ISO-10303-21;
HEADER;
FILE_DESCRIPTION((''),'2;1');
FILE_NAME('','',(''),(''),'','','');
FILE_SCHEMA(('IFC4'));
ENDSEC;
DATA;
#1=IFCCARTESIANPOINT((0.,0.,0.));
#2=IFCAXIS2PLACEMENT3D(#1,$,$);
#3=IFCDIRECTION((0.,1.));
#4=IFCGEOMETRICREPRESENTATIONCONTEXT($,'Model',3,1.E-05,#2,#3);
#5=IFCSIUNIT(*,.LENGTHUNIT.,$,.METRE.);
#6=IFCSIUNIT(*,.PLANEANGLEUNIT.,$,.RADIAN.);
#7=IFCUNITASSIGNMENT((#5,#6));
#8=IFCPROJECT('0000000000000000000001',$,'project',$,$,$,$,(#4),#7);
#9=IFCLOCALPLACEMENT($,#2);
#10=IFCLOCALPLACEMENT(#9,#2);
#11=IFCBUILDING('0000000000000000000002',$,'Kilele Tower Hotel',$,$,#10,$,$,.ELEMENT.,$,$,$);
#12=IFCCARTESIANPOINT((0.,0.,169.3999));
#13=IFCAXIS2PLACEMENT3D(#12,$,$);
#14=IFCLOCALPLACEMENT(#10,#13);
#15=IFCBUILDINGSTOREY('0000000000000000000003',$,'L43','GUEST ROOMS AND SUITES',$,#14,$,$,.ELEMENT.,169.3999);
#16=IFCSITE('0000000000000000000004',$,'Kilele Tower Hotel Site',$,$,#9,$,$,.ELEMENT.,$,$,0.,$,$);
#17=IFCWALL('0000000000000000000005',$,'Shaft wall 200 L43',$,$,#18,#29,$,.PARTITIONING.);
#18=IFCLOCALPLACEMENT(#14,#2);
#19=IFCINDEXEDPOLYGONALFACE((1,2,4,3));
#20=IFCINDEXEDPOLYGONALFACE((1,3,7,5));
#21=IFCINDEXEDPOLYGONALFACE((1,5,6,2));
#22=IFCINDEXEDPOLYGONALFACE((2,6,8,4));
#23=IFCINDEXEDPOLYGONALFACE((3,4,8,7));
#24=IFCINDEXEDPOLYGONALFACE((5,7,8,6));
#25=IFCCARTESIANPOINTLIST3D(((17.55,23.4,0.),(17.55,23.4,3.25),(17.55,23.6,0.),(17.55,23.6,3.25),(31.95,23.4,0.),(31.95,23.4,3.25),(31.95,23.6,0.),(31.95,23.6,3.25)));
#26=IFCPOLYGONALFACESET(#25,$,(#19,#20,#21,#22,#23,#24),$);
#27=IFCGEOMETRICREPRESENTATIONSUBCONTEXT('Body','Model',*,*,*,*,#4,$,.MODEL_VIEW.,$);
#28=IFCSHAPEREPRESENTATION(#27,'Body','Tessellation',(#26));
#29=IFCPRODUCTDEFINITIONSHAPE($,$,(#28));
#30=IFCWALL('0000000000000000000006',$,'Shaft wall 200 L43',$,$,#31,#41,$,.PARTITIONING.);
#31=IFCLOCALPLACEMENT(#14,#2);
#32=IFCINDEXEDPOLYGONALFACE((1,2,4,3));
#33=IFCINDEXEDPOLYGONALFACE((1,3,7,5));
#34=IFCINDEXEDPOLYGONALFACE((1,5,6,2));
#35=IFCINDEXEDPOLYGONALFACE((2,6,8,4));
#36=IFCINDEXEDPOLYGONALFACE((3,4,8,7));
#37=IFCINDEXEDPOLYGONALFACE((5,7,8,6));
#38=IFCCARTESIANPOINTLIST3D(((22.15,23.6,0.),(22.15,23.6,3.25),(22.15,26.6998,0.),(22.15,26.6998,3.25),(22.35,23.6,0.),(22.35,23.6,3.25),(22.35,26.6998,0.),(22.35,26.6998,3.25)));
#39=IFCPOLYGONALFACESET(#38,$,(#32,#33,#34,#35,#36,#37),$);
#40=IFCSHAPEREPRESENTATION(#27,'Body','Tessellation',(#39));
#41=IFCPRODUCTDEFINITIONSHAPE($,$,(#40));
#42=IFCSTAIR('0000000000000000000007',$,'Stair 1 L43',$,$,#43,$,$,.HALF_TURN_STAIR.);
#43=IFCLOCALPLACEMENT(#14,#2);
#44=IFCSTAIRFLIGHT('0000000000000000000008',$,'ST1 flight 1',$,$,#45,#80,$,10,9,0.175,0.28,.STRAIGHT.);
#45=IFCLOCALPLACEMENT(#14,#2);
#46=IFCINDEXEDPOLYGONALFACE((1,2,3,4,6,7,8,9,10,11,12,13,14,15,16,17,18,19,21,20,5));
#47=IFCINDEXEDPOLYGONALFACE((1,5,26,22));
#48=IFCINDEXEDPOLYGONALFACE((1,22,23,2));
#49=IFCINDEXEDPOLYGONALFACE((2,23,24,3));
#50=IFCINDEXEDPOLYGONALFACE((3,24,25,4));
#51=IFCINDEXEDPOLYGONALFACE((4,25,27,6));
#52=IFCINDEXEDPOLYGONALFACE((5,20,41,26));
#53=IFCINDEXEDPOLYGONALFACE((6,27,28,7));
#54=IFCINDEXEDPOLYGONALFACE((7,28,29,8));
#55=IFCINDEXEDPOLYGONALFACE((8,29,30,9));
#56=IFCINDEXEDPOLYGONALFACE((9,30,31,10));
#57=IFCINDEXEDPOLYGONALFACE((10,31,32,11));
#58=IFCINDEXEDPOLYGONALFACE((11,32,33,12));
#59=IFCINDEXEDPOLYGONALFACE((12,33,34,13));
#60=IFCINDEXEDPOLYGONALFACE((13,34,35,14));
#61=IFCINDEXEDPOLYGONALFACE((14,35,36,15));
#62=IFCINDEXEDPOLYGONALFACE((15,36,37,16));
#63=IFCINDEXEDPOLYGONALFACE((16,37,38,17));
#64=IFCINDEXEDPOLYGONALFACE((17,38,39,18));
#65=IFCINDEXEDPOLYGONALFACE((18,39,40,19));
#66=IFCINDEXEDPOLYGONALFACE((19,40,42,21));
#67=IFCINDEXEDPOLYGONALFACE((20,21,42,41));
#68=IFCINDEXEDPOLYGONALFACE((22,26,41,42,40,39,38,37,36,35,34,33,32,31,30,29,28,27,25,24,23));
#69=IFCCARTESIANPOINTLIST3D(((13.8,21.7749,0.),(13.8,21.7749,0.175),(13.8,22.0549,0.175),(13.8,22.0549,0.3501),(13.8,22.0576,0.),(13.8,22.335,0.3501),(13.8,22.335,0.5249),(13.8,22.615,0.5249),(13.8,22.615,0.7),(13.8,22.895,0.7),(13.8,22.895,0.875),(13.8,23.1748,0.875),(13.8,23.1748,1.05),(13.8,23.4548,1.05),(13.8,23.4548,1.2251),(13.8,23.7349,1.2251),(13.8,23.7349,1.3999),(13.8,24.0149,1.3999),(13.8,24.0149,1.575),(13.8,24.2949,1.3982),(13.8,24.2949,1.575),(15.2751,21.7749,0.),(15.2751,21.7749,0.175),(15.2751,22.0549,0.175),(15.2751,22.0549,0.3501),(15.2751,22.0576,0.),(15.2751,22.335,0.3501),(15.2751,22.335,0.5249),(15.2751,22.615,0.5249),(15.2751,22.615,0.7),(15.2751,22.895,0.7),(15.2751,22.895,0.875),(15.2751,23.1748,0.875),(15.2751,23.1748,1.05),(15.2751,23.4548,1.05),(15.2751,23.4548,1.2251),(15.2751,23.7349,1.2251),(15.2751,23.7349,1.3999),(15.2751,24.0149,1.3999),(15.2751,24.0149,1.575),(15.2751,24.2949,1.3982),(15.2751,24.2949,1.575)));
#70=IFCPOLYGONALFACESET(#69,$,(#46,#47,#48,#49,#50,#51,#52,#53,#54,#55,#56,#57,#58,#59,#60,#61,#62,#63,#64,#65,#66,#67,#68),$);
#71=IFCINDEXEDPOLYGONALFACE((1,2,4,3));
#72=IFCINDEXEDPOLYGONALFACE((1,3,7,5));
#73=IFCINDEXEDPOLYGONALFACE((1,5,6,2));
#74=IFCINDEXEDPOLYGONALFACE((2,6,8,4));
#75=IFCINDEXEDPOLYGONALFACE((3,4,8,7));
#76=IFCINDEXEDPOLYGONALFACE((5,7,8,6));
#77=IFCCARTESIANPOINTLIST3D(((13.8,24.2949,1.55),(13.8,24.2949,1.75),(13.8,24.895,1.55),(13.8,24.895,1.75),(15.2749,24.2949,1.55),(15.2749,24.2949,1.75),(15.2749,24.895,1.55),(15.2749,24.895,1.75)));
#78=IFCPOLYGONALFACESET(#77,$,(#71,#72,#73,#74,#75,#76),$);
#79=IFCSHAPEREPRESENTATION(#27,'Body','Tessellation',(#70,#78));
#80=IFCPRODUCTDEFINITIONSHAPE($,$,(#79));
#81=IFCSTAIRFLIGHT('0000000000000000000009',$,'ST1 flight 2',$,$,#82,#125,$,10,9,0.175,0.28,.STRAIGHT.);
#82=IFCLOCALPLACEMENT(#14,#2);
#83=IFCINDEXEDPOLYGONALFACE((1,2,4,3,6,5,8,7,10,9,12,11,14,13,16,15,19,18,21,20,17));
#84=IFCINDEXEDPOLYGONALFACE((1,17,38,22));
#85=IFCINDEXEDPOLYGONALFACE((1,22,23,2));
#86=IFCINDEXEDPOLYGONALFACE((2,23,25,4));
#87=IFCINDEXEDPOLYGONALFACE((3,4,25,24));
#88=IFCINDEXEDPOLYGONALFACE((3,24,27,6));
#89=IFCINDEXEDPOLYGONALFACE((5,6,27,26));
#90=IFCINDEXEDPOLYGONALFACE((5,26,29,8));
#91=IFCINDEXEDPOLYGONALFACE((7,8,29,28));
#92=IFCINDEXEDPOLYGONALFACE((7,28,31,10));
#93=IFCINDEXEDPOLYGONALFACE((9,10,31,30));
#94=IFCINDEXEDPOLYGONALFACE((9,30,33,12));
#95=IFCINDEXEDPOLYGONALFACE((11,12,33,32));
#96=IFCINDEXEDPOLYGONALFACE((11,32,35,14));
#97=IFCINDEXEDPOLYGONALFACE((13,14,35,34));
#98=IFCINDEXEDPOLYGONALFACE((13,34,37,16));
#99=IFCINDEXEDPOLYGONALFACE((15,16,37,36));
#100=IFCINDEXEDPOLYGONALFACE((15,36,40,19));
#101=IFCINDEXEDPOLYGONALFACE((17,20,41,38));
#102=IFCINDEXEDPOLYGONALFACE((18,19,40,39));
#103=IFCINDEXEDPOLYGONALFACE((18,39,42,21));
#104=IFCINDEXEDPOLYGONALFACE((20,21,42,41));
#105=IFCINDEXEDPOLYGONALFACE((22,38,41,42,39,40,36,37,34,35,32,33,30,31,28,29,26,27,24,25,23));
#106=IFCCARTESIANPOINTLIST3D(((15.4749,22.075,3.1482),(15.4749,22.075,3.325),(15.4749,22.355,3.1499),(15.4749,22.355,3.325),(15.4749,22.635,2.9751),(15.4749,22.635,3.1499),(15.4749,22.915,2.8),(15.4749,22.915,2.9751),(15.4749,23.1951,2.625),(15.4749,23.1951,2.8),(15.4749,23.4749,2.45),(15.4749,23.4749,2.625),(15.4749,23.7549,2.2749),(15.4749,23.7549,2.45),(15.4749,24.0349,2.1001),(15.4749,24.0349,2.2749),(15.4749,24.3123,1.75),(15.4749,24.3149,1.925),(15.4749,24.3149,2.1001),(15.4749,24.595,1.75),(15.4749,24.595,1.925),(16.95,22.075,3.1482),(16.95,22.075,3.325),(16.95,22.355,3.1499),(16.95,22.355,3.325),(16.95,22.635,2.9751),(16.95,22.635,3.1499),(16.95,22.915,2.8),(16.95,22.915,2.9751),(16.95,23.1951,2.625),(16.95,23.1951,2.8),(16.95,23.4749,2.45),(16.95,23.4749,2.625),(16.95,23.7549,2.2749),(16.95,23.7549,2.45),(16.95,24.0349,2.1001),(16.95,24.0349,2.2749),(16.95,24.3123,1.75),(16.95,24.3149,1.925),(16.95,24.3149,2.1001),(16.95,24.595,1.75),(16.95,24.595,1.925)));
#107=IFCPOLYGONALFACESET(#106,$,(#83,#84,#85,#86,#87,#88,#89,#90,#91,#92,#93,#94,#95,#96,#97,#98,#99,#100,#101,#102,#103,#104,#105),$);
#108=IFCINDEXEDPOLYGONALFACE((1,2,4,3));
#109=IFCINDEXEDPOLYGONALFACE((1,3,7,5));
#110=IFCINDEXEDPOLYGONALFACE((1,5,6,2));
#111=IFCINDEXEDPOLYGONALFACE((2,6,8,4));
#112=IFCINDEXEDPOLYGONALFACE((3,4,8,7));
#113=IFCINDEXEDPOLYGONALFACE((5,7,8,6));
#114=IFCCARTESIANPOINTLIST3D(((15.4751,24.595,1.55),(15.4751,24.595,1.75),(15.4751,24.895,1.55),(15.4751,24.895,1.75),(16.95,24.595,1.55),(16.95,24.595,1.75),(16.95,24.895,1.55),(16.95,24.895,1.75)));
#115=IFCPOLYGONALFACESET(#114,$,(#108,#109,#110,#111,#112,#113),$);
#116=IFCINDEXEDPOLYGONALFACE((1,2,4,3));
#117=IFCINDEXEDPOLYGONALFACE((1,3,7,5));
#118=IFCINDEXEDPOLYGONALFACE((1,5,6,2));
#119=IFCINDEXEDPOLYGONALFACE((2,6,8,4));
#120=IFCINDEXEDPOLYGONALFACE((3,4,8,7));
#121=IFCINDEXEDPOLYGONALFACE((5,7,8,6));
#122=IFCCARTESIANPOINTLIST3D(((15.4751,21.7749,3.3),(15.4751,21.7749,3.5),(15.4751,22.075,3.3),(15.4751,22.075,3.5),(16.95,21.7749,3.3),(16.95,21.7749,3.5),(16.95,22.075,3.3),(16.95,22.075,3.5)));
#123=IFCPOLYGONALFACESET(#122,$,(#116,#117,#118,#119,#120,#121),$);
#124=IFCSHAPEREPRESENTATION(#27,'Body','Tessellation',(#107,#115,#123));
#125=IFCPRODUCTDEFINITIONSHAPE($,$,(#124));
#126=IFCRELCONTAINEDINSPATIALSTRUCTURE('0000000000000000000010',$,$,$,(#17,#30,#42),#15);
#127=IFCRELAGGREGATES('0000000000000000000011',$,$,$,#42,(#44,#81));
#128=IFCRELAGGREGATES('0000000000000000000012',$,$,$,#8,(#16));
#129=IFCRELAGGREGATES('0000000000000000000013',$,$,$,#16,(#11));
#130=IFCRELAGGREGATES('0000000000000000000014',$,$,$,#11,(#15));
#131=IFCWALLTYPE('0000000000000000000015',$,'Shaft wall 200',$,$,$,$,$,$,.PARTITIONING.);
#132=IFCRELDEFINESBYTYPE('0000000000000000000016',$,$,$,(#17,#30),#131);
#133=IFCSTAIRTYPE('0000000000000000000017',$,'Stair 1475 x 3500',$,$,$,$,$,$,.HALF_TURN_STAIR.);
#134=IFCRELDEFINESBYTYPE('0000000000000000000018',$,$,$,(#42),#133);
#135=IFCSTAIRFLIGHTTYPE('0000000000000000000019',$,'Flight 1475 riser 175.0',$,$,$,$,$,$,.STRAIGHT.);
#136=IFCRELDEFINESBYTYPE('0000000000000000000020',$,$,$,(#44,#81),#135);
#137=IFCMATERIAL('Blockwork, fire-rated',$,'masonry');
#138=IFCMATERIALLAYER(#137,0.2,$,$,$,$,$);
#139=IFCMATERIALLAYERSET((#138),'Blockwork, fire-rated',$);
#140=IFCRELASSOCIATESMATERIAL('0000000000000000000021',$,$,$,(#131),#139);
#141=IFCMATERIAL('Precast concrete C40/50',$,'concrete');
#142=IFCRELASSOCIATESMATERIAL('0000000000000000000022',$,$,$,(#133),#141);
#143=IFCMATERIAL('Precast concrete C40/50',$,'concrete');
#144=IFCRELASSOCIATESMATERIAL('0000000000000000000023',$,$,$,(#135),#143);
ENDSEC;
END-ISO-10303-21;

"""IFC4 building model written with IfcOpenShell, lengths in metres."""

from ifc_helpers import new_model, si_unit, direction, frame, frame_2d, origin, place, context, subcontext, project, spatial, polyline, rectangle, outline, extrude, material, layer, layer_set, type_object, element, aggregate, save


model = new_model("IFC4")

# Units and contexts
model_context = context("Model", 3, precision=1e-05, world=origin(), true_north=direction((0.0, 1.0)))
body_context = subcontext(model_context, "Body", "Model", "MODEL_VIEW")
ifc_project = project(units=[si_unit("LENGTHUNIT", "METRE"), si_unit("PLANEANGLEUNIT", "RADIAN")], contexts=[model_context])

# Site, building, storey
site_placement = place(None, origin())
site = spatial("IfcSite", under=ifc_project, at=site_placement, Name="Kilele Tower Hotel Site", CompositionType="ELEMENT", RefElevation=0.0)
building_placement = place(site_placement, origin())
building = spatial("IfcBuilding", under=site, at=building_placement, Name="Kilele Tower Hotel", CompositionType="ELEMENT")
storey_placement = place(building_placement, frame((0.0, 0.0, 169.3999)))
storey = spatial("IfcBuildingStorey", under=building, at=storey_placement, Name="L43", Description="GUEST ROOMS AND SUITES", CompositionType="ELEMENT", Elevation=169.3999)

# Walls
ifc_material_1 = material(Name="Blockwork, fire-rated", Category="masonry")
ifc_layer_1 = layer(ifc_material_1, 0.2)
ifc_layer_set_1 = layer_set([ifc_layer_1], Name="Blockwork, fire-rated")
wall_type_1 = type_object("IfcWallType", Name="Shaft wall 200", PredefinedType="PARTITIONING", material=ifc_layer_set_1)
wall_1_placement = place(storey_placement, frame((17.55, 23.5, 0.0), z_axis=(0.0, 0.0, 1.0), x_axis=(1.0, 0.0, 0.0)))
element("IfcWall", 1, at=wall_1_placement, inside=storey, type_object=wall_type_1, Name="Shaft wall 200 L43", PredefinedType="PARTITIONING", context=body_context, shape_type="SweptSolid", body=[
    extrude(rectangle(XDim=14.3999, YDim=0.2, at=frame_2d((7.2, 0.0))), origin(), (0.0, 0.0, 1.0), 3.25),
])
wall_2_placement = place(storey_placement, frame((22.25, 23.6001, 0.0), z_axis=(0.0, 0.0, 1.0), x_axis=(0.0, 1.0, 0.0)))
element("IfcWall", 2, at=wall_2_placement, inside=storey, type_object=wall_type_1, Name="Shaft wall 200 L43", PredefinedType="PARTITIONING", context=body_context, shape_type="SweptSolid", body=[
    extrude(rectangle(XDim=3.0999, YDim=0.2, at=frame_2d((1.5498, 0.0))), origin(), (0.0, 0.0, 1.0), 3.25),
])

# Stair, stair flights
ifc_material_2 = material(Name="Precast concrete C40/50", Category="concrete")
stair_type = type_object("IfcStairType", Name="Stair 1475 x 3500", PredefinedType="HALF_TURN_STAIR", material=ifc_material_2)
stair_placement = place(storey_placement, origin())
stair = element("IfcStair", 3, at=stair_placement, inside=storey, type_object=stair_type, Name="Stair 1 L43", PredefinedType="HALF_TURN_STAIR")
ifc_material_3 = material(Name="Precast concrete C40/50", Category="concrete")
stair_flight_type = type_object("IfcStairFlightType", Name="Flight 1475 riser 175.0", PredefinedType="STRAIGHT", material=ifc_material_3)
stair_flight_1_placement = place(storey_placement, frame((14.5376, 21.7749, 0.0), z_axis=(0.0, 0.0, 1.0), x_axis=(0.0, 1.0, 0.0)))
stair_flight_1 = element("IfcStairFlight", 4, at=stair_flight_1_placement, type_object=stair_flight_type, Name="ST1 flight 1", NumberOfRisers=10, NumberOfTreads=9, PredefinedType="STRAIGHT", RiserHeight=0.175, TreadLength=0.28, context=body_context, shape_type="SweptSolid", body=[
    extrude(outline(polyline([(0.0, 0.0), (0.0, 0.175), (0.28, 0.175), (0.28, 0.3501), (0.5601, 0.3501), (0.5601, 0.5249), (0.8401, 0.5249), (0.8401, 0.7), (1.1201, 0.7), (1.1201, 0.875), (1.3999, 0.875), (1.3999, 1.05), (1.6799, 1.05), (1.6799, 1.2251), (1.96, 1.2251), (1.96, 1.3999), (2.24, 1.3999), (2.24, 1.575), (2.52, 1.575), (2.52, 1.75), (2.52, 1.3982), (0.2827, 0.0), (0.0, 0.0)])), frame((0.0, 0.7375, 0.0), z_axis=(0.0, -1.0, 0.0), x_axis=(1.0, 0.0, 0.0)), (0.0, 0.0, 1.0), 1.4751),
    extrude(outline(polyline([(2.52, 0.7375), (2.52, -0.7373), (3.1201, -0.7373), (3.1201, 0.7375), (2.52, 0.7375)])), frame((0.0, 0.0, 1.55)), (0.0, 0.0, 1.0), 0.2),
])
stair_flight_2_placement = place(storey_placement, frame((16.2124, 24.595, 1.75), z_axis=(0.0, 0.0, 1.0), x_axis=(0.0, -1.0, 0.0)))
stair_flight_2 = element("IfcStairFlight", 5, at=stair_flight_2_placement, type_object=stair_flight_type, Name="ST1 flight 2", NumberOfRisers=10, NumberOfTreads=9, PredefinedType="STRAIGHT", RiserHeight=0.175, TreadLength=0.28, context=body_context, shape_type="SweptSolid", body=[
    extrude(outline(polyline([(0.0, 0.0), (0.0, 0.175), (0.28, 0.175), (0.28, 0.3501), (0.5601, 0.3501), (0.5601, 0.5249), (0.8401, 0.5249), (0.8401, 0.7), (1.1201, 0.7), (1.1201, 0.875), (1.3999, 0.875), (1.3999, 1.05), (1.6799, 1.05), (1.6799, 1.2251), (1.96, 1.2251), (1.96, 1.3999), (2.24, 1.3999), (2.24, 1.575), (2.52, 1.575), (2.52, 1.75), (2.52, 1.3982), (0.2827, 0.0), (0.0, 0.0)])), frame((0.0, 0.7375, 0.0), z_axis=(0.0, -1.0, 0.0), x_axis=(1.0, 0.0, 0.0)), (0.0, 0.0, 1.0), 1.4751),
    extrude(outline(polyline([(0.0, -0.7373), (0.0, 0.7375), (-0.3, 0.7375), (-0.3, -0.7373), (0.0, -0.7373)])), frame((0.0, 0.0, -0.2)), (0.0, 0.0, 1.0), 0.2),
    extrude(outline(polyline([(2.8201, -0.7373), (2.8201, 0.7375), (2.52, 0.7375), (2.52, -0.7373), (2.8201, -0.7373)])), frame((0.0, 0.0, 1.55)), (0.0, 0.0, 1.0), 0.2),
])
aggregate(stair, [stair_flight_1, stair_flight_2])

save(model, "model.ifc")
